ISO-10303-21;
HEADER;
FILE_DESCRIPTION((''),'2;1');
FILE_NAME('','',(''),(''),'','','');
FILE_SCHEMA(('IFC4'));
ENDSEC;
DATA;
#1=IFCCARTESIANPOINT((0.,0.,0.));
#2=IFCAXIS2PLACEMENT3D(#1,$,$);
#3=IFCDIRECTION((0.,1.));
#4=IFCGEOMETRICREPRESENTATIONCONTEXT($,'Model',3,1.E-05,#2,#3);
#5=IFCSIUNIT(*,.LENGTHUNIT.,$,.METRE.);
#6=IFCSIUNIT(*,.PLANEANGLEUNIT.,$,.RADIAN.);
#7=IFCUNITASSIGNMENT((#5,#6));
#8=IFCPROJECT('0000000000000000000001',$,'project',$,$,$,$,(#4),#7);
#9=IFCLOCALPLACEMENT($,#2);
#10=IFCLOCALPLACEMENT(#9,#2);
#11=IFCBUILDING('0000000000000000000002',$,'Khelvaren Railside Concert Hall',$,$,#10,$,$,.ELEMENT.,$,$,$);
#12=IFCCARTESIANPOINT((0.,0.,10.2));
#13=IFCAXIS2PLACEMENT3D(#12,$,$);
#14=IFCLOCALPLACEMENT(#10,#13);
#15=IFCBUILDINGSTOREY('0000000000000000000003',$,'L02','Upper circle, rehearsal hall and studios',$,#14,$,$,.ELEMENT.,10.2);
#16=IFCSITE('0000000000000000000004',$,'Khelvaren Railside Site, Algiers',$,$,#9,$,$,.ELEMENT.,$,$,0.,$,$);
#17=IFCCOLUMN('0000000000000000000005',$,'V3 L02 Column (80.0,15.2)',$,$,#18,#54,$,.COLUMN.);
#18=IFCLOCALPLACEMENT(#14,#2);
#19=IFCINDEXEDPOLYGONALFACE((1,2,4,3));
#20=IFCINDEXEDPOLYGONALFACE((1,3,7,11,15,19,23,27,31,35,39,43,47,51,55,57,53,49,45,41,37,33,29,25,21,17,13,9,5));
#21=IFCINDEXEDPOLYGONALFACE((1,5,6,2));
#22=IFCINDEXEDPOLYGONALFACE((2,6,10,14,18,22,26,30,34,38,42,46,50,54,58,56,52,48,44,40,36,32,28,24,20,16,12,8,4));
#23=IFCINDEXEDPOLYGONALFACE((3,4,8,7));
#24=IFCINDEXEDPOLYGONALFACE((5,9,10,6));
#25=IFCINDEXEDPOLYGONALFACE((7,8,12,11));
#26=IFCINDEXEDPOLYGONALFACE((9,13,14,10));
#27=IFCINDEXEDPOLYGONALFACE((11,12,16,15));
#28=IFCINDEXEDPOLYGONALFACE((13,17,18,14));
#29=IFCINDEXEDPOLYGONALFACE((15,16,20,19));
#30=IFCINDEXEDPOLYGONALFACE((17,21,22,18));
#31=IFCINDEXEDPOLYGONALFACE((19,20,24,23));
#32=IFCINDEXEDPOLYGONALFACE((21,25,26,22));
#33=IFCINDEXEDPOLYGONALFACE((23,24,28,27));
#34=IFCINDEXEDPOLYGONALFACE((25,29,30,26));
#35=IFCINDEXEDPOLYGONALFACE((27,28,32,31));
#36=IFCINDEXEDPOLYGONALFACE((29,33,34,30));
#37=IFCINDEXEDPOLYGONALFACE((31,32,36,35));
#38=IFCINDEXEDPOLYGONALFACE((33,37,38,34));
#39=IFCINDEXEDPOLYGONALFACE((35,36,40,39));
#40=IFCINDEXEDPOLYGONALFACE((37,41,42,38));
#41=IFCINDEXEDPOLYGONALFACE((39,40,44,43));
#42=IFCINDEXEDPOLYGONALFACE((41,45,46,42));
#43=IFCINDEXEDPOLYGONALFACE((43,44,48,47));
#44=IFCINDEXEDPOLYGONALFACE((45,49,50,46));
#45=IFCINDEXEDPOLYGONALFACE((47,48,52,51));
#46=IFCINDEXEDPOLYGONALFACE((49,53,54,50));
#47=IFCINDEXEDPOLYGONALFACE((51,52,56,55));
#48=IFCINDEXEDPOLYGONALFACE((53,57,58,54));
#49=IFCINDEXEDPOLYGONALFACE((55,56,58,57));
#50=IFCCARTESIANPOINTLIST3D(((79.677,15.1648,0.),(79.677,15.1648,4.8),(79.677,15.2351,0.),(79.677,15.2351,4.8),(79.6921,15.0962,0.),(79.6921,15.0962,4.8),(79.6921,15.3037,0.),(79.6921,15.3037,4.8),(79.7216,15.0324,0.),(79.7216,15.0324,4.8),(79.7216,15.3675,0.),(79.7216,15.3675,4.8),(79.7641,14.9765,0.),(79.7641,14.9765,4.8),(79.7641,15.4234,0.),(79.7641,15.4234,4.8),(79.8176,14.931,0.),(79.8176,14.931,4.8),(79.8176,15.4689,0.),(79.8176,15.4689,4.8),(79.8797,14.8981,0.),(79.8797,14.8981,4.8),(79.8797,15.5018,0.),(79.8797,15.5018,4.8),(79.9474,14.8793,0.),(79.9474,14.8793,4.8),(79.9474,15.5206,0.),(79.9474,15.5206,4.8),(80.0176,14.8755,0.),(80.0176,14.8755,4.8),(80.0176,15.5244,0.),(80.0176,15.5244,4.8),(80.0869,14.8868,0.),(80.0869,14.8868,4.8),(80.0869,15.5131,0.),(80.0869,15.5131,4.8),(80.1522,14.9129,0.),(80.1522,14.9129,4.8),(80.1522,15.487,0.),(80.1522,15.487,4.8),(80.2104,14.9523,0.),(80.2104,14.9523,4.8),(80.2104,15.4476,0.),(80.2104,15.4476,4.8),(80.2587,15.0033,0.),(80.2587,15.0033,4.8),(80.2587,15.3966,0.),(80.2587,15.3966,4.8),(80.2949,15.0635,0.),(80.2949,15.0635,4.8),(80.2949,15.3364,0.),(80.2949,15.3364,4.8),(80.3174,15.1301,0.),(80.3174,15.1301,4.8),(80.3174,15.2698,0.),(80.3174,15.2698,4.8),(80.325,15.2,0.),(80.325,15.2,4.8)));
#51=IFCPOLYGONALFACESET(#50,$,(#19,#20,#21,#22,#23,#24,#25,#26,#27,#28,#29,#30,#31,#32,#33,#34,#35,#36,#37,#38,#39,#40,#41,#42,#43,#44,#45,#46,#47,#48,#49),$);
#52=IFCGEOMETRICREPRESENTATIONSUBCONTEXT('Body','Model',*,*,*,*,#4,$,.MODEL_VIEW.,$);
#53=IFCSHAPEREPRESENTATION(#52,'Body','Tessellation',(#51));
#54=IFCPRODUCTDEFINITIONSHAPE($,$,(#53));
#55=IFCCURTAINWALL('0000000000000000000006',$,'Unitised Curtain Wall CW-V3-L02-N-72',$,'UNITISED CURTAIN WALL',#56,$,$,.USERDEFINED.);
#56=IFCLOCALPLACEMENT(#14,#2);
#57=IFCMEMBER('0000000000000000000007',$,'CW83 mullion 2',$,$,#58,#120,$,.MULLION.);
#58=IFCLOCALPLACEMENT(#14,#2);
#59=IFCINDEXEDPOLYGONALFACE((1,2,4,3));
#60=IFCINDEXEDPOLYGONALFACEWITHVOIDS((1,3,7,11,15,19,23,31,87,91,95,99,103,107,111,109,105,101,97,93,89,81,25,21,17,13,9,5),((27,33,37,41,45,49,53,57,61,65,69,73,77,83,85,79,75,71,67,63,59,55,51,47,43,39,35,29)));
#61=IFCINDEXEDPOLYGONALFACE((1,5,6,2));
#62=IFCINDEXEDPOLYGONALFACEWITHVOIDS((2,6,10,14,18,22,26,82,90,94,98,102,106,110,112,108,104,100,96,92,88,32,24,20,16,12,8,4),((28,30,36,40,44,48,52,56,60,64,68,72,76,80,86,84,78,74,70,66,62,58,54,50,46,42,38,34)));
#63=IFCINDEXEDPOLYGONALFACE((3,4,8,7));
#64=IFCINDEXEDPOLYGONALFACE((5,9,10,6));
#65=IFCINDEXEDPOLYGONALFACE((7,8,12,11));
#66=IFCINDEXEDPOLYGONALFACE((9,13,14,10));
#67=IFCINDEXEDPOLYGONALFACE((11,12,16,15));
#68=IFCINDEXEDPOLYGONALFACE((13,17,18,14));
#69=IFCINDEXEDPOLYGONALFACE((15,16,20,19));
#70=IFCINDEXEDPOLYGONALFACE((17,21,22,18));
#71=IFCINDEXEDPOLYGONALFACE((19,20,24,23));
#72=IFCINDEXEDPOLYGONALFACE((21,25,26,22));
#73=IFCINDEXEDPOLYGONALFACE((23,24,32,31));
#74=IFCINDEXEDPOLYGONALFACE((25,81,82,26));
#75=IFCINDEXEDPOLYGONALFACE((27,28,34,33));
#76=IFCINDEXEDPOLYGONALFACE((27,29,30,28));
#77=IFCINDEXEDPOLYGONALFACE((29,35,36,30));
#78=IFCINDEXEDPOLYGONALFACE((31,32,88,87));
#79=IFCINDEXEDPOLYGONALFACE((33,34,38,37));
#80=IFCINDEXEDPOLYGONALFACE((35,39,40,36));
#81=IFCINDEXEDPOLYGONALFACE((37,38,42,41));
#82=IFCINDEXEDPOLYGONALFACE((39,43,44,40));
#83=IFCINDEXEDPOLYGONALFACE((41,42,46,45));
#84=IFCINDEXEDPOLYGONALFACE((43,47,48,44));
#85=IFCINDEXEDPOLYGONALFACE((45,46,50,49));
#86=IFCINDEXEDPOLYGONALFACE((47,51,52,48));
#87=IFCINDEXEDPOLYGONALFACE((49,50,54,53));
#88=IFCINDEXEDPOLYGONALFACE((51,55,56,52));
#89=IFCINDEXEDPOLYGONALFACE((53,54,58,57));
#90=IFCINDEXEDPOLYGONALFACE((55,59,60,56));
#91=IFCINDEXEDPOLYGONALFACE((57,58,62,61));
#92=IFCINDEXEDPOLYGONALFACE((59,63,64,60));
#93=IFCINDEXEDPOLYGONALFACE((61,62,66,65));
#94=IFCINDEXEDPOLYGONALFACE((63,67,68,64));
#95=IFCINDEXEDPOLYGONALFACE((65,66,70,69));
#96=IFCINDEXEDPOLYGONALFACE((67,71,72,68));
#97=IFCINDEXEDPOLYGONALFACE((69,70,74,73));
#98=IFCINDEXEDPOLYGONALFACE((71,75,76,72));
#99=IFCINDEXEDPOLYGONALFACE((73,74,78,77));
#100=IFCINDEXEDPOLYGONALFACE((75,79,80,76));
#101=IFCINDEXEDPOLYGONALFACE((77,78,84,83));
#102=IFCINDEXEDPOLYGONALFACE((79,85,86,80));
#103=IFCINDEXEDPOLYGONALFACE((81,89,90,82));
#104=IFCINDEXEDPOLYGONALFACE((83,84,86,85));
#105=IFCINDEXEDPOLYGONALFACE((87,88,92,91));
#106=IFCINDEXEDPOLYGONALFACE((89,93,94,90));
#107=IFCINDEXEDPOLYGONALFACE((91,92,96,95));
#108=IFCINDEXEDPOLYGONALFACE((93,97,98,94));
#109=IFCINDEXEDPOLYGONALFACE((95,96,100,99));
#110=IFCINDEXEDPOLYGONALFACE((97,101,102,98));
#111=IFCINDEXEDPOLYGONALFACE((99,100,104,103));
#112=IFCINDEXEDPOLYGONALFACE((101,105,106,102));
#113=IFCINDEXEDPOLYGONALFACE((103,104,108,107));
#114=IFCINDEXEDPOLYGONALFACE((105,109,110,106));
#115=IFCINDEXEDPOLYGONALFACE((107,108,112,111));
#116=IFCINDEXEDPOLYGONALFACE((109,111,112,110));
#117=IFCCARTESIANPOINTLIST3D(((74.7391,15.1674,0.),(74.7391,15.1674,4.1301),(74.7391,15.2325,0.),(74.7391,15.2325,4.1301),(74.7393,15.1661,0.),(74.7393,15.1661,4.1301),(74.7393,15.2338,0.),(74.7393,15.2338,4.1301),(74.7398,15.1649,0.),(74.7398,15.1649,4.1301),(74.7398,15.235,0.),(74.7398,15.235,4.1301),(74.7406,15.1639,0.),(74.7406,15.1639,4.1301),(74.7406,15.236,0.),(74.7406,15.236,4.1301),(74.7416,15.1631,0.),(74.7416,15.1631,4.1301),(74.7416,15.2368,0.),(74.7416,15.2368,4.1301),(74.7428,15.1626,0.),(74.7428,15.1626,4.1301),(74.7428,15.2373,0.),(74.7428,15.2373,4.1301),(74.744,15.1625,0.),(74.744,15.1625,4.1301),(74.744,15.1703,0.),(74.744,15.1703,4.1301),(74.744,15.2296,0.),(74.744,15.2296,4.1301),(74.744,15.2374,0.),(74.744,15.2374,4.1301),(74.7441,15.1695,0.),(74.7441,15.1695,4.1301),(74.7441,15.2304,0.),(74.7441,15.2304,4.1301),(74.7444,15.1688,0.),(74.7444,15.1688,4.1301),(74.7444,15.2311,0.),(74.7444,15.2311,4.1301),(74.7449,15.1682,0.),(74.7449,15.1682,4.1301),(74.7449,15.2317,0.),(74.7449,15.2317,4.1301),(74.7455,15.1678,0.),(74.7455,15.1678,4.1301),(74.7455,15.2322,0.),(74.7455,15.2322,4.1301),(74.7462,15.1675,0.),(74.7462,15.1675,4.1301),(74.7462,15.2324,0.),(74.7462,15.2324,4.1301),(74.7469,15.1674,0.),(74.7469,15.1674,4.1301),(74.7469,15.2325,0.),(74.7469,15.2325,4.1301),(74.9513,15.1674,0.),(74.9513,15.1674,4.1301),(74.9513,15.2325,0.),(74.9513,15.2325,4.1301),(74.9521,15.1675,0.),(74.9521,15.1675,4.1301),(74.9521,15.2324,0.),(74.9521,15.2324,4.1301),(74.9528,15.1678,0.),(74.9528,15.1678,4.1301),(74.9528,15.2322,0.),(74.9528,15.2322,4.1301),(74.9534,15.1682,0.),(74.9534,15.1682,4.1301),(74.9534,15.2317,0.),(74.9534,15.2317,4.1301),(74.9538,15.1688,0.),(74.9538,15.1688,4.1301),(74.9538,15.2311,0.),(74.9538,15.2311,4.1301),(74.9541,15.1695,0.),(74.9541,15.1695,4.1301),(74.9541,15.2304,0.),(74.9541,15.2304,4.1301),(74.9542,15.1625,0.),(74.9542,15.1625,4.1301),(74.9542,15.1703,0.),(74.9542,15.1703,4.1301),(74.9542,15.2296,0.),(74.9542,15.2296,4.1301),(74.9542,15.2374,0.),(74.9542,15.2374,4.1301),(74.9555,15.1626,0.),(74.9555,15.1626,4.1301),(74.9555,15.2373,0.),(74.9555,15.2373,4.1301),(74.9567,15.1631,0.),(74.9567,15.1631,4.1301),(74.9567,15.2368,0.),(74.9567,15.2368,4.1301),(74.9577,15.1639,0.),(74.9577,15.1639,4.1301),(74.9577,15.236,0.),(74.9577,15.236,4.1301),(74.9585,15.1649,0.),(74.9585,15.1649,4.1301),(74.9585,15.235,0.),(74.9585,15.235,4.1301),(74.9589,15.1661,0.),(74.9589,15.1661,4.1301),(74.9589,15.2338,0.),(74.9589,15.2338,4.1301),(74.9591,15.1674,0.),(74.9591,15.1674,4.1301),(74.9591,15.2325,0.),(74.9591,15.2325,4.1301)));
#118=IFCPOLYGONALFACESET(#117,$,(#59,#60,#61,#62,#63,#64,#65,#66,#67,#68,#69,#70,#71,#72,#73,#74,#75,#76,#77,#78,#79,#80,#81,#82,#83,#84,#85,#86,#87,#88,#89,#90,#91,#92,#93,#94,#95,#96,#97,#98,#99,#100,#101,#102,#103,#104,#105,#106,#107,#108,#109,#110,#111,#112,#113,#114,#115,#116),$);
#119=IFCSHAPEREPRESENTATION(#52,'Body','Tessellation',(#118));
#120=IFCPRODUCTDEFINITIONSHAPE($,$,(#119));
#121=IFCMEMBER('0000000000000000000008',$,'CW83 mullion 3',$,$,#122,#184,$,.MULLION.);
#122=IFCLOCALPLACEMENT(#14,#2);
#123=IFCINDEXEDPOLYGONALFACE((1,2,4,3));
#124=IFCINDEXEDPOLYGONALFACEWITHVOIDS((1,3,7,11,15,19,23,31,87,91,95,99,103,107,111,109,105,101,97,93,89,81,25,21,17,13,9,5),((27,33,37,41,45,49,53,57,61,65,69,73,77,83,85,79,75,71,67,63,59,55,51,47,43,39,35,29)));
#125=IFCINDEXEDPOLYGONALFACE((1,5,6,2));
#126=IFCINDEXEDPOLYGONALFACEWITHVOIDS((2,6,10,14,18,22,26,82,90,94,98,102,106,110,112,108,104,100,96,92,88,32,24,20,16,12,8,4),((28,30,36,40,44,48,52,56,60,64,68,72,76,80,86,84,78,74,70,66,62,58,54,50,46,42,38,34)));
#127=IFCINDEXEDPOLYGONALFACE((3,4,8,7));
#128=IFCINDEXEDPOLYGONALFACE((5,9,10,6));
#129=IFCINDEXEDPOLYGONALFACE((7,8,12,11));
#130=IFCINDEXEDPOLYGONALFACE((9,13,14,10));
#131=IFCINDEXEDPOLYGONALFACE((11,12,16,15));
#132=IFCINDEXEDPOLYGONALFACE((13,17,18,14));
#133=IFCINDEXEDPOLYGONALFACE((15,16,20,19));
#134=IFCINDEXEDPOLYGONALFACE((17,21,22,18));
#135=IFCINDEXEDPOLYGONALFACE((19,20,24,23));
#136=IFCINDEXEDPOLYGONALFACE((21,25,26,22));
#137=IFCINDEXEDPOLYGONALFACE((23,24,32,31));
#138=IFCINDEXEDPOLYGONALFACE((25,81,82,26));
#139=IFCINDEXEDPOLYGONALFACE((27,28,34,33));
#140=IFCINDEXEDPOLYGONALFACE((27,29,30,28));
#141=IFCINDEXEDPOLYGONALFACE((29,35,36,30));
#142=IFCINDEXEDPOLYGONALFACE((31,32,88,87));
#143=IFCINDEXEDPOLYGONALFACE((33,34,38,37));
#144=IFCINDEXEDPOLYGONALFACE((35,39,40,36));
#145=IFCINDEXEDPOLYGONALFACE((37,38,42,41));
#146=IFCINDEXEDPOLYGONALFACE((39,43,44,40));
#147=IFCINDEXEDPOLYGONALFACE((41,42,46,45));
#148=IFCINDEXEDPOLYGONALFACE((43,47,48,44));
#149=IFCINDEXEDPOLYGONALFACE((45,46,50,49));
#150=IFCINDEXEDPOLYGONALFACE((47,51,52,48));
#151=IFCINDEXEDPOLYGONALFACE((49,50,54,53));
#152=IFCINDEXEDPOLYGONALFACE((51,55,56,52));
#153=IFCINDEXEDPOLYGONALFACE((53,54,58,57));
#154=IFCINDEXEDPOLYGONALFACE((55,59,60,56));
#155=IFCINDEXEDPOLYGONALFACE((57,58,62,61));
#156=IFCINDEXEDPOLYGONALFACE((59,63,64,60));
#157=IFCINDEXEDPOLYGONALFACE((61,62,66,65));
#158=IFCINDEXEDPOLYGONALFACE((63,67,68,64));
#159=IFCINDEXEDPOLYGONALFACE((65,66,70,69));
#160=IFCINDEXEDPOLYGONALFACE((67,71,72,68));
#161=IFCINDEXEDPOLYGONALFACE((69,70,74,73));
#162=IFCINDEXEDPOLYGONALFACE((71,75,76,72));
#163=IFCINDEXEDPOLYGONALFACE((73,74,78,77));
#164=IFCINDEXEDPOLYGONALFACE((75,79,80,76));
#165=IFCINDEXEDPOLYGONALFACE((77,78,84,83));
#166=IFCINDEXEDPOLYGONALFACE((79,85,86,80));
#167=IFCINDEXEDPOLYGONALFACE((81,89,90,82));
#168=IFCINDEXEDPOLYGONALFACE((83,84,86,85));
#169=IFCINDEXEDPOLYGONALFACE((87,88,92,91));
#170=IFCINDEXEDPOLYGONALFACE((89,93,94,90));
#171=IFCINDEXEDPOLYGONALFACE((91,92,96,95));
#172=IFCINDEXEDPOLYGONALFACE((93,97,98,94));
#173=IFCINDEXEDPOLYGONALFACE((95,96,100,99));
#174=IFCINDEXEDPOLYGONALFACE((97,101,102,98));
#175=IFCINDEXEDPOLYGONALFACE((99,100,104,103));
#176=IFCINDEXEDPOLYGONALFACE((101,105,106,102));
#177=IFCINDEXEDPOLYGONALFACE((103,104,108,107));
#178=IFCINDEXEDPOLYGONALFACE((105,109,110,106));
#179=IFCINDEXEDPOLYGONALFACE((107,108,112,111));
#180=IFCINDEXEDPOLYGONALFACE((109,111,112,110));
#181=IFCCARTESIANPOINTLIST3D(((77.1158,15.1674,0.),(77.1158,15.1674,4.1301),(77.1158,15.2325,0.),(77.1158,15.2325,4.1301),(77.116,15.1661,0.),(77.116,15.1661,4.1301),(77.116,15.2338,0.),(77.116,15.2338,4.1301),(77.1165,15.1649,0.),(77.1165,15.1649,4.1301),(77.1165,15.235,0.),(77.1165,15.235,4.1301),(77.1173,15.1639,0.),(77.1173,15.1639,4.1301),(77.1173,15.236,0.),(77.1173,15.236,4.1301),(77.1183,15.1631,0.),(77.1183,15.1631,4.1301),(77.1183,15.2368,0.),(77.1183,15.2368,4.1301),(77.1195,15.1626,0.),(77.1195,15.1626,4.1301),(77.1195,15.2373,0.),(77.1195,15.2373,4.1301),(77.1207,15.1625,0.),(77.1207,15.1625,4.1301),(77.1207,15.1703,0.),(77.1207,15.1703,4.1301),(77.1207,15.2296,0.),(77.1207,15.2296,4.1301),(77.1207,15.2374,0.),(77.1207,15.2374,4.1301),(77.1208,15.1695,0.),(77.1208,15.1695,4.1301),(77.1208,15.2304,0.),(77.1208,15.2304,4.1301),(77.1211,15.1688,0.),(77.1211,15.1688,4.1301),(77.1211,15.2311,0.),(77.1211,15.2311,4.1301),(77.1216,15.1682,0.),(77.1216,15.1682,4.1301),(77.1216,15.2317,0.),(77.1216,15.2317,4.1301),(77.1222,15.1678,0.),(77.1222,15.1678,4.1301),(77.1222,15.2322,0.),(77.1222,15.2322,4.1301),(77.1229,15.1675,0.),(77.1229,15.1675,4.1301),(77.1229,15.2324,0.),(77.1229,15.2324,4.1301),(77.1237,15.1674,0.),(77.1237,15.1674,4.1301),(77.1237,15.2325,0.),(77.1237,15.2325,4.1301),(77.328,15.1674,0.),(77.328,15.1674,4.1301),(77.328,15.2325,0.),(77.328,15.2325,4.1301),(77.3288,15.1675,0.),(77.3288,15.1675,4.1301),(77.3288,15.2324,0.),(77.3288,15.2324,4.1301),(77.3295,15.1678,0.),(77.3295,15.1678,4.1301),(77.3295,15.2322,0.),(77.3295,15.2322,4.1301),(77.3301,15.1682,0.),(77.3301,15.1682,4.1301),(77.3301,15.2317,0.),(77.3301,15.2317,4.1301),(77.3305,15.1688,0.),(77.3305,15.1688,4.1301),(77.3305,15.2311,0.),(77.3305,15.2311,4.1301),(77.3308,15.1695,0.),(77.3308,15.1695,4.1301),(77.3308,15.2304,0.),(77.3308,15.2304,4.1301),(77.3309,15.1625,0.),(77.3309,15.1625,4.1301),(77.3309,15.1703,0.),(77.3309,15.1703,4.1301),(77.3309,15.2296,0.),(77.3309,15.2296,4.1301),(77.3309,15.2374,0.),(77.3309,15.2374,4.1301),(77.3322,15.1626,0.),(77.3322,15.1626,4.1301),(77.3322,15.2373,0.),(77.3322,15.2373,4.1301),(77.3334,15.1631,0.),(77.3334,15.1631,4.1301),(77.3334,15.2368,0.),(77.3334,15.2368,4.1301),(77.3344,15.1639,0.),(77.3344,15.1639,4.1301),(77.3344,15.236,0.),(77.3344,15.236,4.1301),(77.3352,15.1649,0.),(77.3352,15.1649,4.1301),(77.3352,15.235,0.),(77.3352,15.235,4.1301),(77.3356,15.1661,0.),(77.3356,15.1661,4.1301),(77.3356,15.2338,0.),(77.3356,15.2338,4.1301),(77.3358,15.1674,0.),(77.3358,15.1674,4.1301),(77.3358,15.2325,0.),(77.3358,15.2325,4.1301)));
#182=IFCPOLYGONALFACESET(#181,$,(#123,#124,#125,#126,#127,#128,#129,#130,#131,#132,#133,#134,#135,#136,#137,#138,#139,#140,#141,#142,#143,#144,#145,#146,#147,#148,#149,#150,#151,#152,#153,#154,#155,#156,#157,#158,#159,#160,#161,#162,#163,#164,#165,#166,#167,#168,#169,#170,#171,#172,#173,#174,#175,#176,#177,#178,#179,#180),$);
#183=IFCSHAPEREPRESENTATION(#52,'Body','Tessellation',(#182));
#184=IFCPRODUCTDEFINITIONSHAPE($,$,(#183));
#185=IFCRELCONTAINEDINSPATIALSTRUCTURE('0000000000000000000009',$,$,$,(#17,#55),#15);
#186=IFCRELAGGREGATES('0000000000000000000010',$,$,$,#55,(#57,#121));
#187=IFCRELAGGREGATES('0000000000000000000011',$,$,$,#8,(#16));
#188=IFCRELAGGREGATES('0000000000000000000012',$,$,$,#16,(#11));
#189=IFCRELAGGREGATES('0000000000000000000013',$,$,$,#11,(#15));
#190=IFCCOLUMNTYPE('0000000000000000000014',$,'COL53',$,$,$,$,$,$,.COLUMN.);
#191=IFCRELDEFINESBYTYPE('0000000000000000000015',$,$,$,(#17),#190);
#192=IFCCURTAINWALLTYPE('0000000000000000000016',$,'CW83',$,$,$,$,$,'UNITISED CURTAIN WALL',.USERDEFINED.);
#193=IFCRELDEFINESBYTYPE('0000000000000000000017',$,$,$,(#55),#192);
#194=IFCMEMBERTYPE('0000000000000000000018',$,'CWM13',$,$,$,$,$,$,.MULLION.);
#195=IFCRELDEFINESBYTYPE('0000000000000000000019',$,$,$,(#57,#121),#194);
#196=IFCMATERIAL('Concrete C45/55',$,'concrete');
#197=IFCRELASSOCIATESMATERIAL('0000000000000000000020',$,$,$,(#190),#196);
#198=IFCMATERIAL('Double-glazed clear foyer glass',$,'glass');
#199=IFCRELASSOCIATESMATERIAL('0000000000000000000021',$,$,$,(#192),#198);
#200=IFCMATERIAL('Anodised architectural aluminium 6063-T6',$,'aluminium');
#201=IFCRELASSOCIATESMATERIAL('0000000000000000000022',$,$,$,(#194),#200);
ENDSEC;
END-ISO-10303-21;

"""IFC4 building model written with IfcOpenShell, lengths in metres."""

from ifc_helpers import new_model, si_unit, direction, frame, origin, origin_2d, place, context, subcontext, project, spatial, hollow_rectangle, circle, extrude, material, material_profile, profile_set, type_object, element, aggregate, save


model = new_model("IFC4")

# Units and contexts
model_context = context("Model", 3, precision=1e-05, world=origin(), true_north=direction((0.0, 1.0)))
body_context = subcontext(model_context, "Body", "Model", "MODEL_VIEW")
ifc_project = project(units=[si_unit("LENGTHUNIT", "METRE"), si_unit("PLANEANGLEUNIT", "RADIAN")], contexts=[model_context])

# Site, building, storey
site_placement = place(None, origin())
site = spatial("IfcSite", under=ifc_project, at=site_placement, Name="Khelvaren Railside Site, Algiers", CompositionType="ELEMENT", RefElevation=0.0)
building_placement = place(site_placement, origin())
building = spatial("IfcBuilding", under=site, at=building_placement, Name="Khelvaren Railside Concert Hall", CompositionType="ELEMENT")
storey_placement = place(building_placement, frame((0.0, 0.0, 10.2)))
storey = spatial("IfcBuildingStorey", under=building, at=storey_placement, Name="L02", Description="Upper circle, rehearsal hall and studios", CompositionType="ELEMENT", Elevation=10.2)

# Column
ifc_material_1 = material(Name="Concrete C45/55", Category="concrete")
ifc_material_profile_1 = material_profile(ifc_material_1, circle(Radius=0.325, at=origin_2d()), Name="RC D650")
ifc_profile_set_1 = profile_set([ifc_material_profile_1], Name="Concrete C45/55")
column_type = type_object("IfcColumnType", Name="COL53", PredefinedType="COLUMN", material=ifc_profile_set_1)
column_placement = place(storey_placement, frame((80.0, 15.2, 0.0), z_axis=(0.0, 0.0, 1.0), x_axis=(1.0, 0.0, 0.0)))
element("IfcColumn", 1, at=column_placement, inside=storey, type_object=column_type, Name="V3 L02 Column (80.0,15.2)", PredefinedType="COLUMN", context=body_context, shape_type="SweptSolid", body=[
    extrude(circle(Radius=0.325, at=origin_2d()), origin(), (0.0, 0.0, 1.0), 4.8),
])

# Curtain wall, members
ifc_material_2 = material(Name="Double-glazed clear foyer glass", Category="glass")
curtain_wall_type = type_object("IfcCurtainWallType", Name="CW83", ElementType="UNITISED CURTAIN WALL", PredefinedType="USERDEFINED", material=ifc_material_2)
curtain_wall_placement = place(storey_placement, origin())
curtain_wall = element("IfcCurtainWall", 2, at=curtain_wall_placement, inside=storey, type_object=curtain_wall_type, Name="Unitised Curtain Wall CW-V3-L02-N-72", ObjectType="UNITISED CURTAIN WALL", PredefinedType="USERDEFINED")
ifc_material_3 = material(Name="Anodised architectural aluminium 6063-T6", Category="aluminium")
ifc_material_profile_2 = material_profile(ifc_material_3, hollow_rectangle(XDim=0.075, YDim=0.22, WallThickness=0.0049, InnerFilletRadius=0.0029, OuterFilletRadius=0.0049, at=origin_2d()), Name="CWM 75x220x5")
ifc_profile_set_2 = profile_set([ifc_material_profile_2], Name="Anodised architectural aluminium 6063-T6")
member_type_1 = type_object("IfcMemberType", Name="CWM13", PredefinedType="MULLION", material=ifc_profile_set_2)
member_1_placement = place(storey_placement, frame((74.8491, 15.2, 0.0), z_axis=(0.0, 0.0, 1.0), x_axis=(0.0, 1.0, 0.0)))
member_1 = element("IfcMember", 3, at=member_1_placement, type_object=member_type_1, Name="CW83 mullion 2", PredefinedType="MULLION", context=body_context, shape_type="SweptSolid", body=[
    extrude(hollow_rectangle(XDim=0.075, YDim=0.22, WallThickness=0.0049, InnerFilletRadius=0.0029, OuterFilletRadius=0.0049, at=origin_2d()), origin(), (0.0, 0.0, 1.0), 4.1301),
])
member_2_placement = place(storey_placement, frame((77.2258, 15.2, 0.0), z_axis=(0.0, 0.0, 1.0), x_axis=(0.0, 1.0, 0.0)))
member_2 = element("IfcMember", 4, at=member_2_placement, type_object=member_type_1, Name="CW83 mullion 3", PredefinedType="MULLION", context=body_context, shape_type="SweptSolid", body=[
    extrude(hollow_rectangle(XDim=0.075, YDim=0.22, WallThickness=0.0049, InnerFilletRadius=0.0029, OuterFilletRadius=0.0049, at=origin_2d()), origin(), (0.0, 0.0, 1.0), 4.1301),
])

aggregate(curtain_wall, [member_1, member_2])

save(model, "model.ifc")
